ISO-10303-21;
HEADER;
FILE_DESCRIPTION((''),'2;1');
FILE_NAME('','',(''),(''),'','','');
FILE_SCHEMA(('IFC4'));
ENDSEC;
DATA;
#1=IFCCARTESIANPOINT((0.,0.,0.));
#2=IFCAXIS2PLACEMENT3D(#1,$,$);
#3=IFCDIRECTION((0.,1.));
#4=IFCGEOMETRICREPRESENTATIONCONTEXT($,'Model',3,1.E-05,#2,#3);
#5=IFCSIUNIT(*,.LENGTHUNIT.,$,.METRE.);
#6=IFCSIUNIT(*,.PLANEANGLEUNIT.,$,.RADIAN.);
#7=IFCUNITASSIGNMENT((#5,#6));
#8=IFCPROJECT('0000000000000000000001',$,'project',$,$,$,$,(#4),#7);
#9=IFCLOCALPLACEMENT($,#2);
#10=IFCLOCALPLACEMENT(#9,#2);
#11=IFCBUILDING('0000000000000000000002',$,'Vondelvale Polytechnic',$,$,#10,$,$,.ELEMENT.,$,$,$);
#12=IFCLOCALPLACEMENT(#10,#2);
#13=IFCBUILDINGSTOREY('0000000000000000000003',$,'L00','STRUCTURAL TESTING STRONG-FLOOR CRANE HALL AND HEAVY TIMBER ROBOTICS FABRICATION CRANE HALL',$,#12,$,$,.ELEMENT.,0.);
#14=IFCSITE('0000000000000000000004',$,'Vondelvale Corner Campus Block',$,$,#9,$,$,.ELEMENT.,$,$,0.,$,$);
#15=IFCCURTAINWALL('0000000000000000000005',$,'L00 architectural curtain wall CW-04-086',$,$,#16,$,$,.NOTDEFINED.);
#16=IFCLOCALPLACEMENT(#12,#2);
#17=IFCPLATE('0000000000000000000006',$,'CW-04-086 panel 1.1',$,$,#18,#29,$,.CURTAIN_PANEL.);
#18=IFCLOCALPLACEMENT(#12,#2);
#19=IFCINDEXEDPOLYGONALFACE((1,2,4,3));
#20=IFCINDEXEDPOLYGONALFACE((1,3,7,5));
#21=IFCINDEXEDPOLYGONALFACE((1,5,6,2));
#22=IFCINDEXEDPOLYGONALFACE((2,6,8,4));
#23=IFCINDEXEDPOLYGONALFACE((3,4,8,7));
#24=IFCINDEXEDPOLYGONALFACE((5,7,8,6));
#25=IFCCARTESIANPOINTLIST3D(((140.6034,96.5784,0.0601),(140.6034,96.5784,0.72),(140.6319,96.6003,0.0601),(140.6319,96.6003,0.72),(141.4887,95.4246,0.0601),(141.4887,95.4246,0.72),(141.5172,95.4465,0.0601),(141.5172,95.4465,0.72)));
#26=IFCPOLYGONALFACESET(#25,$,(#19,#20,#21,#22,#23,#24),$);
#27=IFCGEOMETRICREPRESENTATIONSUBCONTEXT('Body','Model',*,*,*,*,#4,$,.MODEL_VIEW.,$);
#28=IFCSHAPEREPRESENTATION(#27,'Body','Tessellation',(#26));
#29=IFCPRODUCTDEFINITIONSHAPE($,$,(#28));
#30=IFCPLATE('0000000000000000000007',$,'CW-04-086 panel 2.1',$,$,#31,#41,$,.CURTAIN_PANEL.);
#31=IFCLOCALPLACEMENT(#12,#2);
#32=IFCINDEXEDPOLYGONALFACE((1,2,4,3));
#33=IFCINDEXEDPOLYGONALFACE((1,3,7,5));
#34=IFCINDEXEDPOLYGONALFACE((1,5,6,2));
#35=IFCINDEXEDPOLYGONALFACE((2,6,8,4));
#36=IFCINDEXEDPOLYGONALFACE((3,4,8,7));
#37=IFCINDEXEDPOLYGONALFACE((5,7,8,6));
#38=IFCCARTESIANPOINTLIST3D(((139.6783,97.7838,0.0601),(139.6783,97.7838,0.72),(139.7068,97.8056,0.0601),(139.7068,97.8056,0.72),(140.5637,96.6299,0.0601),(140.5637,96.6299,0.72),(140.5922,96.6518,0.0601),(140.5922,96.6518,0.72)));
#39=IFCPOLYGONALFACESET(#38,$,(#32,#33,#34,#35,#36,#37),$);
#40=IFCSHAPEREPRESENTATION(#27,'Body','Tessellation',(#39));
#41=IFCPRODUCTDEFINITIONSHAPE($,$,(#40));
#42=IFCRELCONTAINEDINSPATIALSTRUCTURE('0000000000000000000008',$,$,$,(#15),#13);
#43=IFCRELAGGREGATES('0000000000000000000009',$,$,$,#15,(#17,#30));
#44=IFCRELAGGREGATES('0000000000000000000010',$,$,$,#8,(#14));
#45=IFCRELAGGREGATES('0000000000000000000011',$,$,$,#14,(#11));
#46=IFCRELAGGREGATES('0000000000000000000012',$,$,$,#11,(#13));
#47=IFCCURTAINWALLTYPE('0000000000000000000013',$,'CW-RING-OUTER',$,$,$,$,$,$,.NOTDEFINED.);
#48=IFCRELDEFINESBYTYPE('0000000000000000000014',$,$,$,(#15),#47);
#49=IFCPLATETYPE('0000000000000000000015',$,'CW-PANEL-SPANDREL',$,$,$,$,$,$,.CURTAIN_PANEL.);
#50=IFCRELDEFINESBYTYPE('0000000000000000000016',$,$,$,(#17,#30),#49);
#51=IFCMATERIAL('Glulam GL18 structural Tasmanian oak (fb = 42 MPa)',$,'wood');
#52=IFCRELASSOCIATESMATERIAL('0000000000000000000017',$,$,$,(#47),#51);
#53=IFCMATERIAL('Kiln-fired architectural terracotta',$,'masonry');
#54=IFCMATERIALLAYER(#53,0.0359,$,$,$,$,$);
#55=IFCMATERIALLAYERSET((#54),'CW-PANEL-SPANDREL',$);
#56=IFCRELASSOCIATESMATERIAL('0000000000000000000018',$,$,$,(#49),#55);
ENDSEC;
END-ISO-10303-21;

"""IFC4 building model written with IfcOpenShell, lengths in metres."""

from ifc_helpers import new_model, si_unit, direction, frame, origin, origin_2d, place, context, subcontext, project, spatial, rectangle, extrude, material, layer, layer_set, type_object, element, aggregate, save


model = new_model("IFC4")

# Units and contexts
model_context = context("Model", 3, precision=1e-05, world=origin(), true_north=direction((0.0, 1.0)))
body_context = subcontext(model_context, "Body", "Model", "MODEL_VIEW")
ifc_project = project(units=[si_unit("LENGTHUNIT", "METRE"), si_unit("PLANEANGLEUNIT", "RADIAN")], contexts=[model_context])

# Site, building, storey
site_placement = place(None, origin())
site = spatial("IfcSite", under=ifc_project, at=site_placement, Name="Vondelvale Corner Campus Block", CompositionType="ELEMENT", RefElevation=0.0)
building_placement = place(site_placement, origin())
building = spatial("IfcBuilding", under=site, at=building_placement, Name="Vondelvale Polytechnic", CompositionType="ELEMENT")
storey_placement = place(building_placement, origin())
storey = spatial("IfcBuildingStorey", under=building, at=storey_placement, Name="L00", Description="STRUCTURAL TESTING STRONG-FLOOR CRANE HALL AND HEAVY TIMBER ROBOTICS FABRICATION CRANE HALL", CompositionType="ELEMENT", Elevation=0.0)

# Shared definitions
ifc_material_1 = material(Name="Glulam GL18 structural Tasmanian oak (fb = 42 MPa)", Category="wood")

# Curtain wall
curtain_wall_type = type_object("IfcCurtainWallType", Name="CW-RING-OUTER", PredefinedType="NOTDEFINED", material=ifc_material_1)
curtain_wall_1_placement = place(storey_placement, origin())
curtain_wall_1 = element("IfcCurtainWall", 1, at=curtain_wall_1_placement, inside=storey, type_object=curtain_wall_type, Name="L00 architectural curtain wall CW-04-086", PredefinedType="NOTDEFINED")

# Plates
ifc_material_2 = material(Name="Kiln-fired architectural terracotta", Category="masonry")
ifc_layer_1 = layer(ifc_material_2, 0.0359)
ifc_layer_set_1 = layer_set([ifc_layer_1], Name="CW-PANEL-SPANDREL")
plate_type_1 = type_object("IfcPlateType", Name="CW-PANEL-SPANDREL", PredefinedType="CURTAIN_PANEL", material=ifc_layer_set_1)
plate_1_placement = place(storey_placement, frame((141.0603, 96.0125, 0.0601), z_axis=(0.0, 0.0, 1.0), x_axis=(-0.608764, 0.793352, 0.0)))
plate_1 = element("IfcPlate", 2, at=plate_1_placement, type_object=plate_type_1, Name="CW-04-086 panel 1.1", PredefinedType="CURTAIN_PANEL", context=body_context, shape_type="SweptSolid", body=[
    extrude(rectangle(XDim=1.4543, YDim=0.0359, at=origin_2d()), origin(), (0.0, 0.0, 1.0), 0.6599),
])
plate_2_placement = place(storey_placement, frame((140.1353, 97.2178, 0.0601), z_axis=(0.0, 0.0, 1.0), x_axis=(-0.608764, 0.793352, 0.0)))
plate_2 = element("IfcPlate", 3, at=plate_2_placement, type_object=plate_type_1, Name="CW-04-086 panel 2.1", PredefinedType="CURTAIN_PANEL", context=body_context, shape_type="SweptSolid", body=[
    extrude(rectangle(XDim=1.4543, YDim=0.0359, at=origin_2d()), origin(), (0.0, 0.0, 1.0), 0.6599),
])
aggregate(curtain_wall_1, [plate_1, plate_2])

save(model, "model.ifc")
